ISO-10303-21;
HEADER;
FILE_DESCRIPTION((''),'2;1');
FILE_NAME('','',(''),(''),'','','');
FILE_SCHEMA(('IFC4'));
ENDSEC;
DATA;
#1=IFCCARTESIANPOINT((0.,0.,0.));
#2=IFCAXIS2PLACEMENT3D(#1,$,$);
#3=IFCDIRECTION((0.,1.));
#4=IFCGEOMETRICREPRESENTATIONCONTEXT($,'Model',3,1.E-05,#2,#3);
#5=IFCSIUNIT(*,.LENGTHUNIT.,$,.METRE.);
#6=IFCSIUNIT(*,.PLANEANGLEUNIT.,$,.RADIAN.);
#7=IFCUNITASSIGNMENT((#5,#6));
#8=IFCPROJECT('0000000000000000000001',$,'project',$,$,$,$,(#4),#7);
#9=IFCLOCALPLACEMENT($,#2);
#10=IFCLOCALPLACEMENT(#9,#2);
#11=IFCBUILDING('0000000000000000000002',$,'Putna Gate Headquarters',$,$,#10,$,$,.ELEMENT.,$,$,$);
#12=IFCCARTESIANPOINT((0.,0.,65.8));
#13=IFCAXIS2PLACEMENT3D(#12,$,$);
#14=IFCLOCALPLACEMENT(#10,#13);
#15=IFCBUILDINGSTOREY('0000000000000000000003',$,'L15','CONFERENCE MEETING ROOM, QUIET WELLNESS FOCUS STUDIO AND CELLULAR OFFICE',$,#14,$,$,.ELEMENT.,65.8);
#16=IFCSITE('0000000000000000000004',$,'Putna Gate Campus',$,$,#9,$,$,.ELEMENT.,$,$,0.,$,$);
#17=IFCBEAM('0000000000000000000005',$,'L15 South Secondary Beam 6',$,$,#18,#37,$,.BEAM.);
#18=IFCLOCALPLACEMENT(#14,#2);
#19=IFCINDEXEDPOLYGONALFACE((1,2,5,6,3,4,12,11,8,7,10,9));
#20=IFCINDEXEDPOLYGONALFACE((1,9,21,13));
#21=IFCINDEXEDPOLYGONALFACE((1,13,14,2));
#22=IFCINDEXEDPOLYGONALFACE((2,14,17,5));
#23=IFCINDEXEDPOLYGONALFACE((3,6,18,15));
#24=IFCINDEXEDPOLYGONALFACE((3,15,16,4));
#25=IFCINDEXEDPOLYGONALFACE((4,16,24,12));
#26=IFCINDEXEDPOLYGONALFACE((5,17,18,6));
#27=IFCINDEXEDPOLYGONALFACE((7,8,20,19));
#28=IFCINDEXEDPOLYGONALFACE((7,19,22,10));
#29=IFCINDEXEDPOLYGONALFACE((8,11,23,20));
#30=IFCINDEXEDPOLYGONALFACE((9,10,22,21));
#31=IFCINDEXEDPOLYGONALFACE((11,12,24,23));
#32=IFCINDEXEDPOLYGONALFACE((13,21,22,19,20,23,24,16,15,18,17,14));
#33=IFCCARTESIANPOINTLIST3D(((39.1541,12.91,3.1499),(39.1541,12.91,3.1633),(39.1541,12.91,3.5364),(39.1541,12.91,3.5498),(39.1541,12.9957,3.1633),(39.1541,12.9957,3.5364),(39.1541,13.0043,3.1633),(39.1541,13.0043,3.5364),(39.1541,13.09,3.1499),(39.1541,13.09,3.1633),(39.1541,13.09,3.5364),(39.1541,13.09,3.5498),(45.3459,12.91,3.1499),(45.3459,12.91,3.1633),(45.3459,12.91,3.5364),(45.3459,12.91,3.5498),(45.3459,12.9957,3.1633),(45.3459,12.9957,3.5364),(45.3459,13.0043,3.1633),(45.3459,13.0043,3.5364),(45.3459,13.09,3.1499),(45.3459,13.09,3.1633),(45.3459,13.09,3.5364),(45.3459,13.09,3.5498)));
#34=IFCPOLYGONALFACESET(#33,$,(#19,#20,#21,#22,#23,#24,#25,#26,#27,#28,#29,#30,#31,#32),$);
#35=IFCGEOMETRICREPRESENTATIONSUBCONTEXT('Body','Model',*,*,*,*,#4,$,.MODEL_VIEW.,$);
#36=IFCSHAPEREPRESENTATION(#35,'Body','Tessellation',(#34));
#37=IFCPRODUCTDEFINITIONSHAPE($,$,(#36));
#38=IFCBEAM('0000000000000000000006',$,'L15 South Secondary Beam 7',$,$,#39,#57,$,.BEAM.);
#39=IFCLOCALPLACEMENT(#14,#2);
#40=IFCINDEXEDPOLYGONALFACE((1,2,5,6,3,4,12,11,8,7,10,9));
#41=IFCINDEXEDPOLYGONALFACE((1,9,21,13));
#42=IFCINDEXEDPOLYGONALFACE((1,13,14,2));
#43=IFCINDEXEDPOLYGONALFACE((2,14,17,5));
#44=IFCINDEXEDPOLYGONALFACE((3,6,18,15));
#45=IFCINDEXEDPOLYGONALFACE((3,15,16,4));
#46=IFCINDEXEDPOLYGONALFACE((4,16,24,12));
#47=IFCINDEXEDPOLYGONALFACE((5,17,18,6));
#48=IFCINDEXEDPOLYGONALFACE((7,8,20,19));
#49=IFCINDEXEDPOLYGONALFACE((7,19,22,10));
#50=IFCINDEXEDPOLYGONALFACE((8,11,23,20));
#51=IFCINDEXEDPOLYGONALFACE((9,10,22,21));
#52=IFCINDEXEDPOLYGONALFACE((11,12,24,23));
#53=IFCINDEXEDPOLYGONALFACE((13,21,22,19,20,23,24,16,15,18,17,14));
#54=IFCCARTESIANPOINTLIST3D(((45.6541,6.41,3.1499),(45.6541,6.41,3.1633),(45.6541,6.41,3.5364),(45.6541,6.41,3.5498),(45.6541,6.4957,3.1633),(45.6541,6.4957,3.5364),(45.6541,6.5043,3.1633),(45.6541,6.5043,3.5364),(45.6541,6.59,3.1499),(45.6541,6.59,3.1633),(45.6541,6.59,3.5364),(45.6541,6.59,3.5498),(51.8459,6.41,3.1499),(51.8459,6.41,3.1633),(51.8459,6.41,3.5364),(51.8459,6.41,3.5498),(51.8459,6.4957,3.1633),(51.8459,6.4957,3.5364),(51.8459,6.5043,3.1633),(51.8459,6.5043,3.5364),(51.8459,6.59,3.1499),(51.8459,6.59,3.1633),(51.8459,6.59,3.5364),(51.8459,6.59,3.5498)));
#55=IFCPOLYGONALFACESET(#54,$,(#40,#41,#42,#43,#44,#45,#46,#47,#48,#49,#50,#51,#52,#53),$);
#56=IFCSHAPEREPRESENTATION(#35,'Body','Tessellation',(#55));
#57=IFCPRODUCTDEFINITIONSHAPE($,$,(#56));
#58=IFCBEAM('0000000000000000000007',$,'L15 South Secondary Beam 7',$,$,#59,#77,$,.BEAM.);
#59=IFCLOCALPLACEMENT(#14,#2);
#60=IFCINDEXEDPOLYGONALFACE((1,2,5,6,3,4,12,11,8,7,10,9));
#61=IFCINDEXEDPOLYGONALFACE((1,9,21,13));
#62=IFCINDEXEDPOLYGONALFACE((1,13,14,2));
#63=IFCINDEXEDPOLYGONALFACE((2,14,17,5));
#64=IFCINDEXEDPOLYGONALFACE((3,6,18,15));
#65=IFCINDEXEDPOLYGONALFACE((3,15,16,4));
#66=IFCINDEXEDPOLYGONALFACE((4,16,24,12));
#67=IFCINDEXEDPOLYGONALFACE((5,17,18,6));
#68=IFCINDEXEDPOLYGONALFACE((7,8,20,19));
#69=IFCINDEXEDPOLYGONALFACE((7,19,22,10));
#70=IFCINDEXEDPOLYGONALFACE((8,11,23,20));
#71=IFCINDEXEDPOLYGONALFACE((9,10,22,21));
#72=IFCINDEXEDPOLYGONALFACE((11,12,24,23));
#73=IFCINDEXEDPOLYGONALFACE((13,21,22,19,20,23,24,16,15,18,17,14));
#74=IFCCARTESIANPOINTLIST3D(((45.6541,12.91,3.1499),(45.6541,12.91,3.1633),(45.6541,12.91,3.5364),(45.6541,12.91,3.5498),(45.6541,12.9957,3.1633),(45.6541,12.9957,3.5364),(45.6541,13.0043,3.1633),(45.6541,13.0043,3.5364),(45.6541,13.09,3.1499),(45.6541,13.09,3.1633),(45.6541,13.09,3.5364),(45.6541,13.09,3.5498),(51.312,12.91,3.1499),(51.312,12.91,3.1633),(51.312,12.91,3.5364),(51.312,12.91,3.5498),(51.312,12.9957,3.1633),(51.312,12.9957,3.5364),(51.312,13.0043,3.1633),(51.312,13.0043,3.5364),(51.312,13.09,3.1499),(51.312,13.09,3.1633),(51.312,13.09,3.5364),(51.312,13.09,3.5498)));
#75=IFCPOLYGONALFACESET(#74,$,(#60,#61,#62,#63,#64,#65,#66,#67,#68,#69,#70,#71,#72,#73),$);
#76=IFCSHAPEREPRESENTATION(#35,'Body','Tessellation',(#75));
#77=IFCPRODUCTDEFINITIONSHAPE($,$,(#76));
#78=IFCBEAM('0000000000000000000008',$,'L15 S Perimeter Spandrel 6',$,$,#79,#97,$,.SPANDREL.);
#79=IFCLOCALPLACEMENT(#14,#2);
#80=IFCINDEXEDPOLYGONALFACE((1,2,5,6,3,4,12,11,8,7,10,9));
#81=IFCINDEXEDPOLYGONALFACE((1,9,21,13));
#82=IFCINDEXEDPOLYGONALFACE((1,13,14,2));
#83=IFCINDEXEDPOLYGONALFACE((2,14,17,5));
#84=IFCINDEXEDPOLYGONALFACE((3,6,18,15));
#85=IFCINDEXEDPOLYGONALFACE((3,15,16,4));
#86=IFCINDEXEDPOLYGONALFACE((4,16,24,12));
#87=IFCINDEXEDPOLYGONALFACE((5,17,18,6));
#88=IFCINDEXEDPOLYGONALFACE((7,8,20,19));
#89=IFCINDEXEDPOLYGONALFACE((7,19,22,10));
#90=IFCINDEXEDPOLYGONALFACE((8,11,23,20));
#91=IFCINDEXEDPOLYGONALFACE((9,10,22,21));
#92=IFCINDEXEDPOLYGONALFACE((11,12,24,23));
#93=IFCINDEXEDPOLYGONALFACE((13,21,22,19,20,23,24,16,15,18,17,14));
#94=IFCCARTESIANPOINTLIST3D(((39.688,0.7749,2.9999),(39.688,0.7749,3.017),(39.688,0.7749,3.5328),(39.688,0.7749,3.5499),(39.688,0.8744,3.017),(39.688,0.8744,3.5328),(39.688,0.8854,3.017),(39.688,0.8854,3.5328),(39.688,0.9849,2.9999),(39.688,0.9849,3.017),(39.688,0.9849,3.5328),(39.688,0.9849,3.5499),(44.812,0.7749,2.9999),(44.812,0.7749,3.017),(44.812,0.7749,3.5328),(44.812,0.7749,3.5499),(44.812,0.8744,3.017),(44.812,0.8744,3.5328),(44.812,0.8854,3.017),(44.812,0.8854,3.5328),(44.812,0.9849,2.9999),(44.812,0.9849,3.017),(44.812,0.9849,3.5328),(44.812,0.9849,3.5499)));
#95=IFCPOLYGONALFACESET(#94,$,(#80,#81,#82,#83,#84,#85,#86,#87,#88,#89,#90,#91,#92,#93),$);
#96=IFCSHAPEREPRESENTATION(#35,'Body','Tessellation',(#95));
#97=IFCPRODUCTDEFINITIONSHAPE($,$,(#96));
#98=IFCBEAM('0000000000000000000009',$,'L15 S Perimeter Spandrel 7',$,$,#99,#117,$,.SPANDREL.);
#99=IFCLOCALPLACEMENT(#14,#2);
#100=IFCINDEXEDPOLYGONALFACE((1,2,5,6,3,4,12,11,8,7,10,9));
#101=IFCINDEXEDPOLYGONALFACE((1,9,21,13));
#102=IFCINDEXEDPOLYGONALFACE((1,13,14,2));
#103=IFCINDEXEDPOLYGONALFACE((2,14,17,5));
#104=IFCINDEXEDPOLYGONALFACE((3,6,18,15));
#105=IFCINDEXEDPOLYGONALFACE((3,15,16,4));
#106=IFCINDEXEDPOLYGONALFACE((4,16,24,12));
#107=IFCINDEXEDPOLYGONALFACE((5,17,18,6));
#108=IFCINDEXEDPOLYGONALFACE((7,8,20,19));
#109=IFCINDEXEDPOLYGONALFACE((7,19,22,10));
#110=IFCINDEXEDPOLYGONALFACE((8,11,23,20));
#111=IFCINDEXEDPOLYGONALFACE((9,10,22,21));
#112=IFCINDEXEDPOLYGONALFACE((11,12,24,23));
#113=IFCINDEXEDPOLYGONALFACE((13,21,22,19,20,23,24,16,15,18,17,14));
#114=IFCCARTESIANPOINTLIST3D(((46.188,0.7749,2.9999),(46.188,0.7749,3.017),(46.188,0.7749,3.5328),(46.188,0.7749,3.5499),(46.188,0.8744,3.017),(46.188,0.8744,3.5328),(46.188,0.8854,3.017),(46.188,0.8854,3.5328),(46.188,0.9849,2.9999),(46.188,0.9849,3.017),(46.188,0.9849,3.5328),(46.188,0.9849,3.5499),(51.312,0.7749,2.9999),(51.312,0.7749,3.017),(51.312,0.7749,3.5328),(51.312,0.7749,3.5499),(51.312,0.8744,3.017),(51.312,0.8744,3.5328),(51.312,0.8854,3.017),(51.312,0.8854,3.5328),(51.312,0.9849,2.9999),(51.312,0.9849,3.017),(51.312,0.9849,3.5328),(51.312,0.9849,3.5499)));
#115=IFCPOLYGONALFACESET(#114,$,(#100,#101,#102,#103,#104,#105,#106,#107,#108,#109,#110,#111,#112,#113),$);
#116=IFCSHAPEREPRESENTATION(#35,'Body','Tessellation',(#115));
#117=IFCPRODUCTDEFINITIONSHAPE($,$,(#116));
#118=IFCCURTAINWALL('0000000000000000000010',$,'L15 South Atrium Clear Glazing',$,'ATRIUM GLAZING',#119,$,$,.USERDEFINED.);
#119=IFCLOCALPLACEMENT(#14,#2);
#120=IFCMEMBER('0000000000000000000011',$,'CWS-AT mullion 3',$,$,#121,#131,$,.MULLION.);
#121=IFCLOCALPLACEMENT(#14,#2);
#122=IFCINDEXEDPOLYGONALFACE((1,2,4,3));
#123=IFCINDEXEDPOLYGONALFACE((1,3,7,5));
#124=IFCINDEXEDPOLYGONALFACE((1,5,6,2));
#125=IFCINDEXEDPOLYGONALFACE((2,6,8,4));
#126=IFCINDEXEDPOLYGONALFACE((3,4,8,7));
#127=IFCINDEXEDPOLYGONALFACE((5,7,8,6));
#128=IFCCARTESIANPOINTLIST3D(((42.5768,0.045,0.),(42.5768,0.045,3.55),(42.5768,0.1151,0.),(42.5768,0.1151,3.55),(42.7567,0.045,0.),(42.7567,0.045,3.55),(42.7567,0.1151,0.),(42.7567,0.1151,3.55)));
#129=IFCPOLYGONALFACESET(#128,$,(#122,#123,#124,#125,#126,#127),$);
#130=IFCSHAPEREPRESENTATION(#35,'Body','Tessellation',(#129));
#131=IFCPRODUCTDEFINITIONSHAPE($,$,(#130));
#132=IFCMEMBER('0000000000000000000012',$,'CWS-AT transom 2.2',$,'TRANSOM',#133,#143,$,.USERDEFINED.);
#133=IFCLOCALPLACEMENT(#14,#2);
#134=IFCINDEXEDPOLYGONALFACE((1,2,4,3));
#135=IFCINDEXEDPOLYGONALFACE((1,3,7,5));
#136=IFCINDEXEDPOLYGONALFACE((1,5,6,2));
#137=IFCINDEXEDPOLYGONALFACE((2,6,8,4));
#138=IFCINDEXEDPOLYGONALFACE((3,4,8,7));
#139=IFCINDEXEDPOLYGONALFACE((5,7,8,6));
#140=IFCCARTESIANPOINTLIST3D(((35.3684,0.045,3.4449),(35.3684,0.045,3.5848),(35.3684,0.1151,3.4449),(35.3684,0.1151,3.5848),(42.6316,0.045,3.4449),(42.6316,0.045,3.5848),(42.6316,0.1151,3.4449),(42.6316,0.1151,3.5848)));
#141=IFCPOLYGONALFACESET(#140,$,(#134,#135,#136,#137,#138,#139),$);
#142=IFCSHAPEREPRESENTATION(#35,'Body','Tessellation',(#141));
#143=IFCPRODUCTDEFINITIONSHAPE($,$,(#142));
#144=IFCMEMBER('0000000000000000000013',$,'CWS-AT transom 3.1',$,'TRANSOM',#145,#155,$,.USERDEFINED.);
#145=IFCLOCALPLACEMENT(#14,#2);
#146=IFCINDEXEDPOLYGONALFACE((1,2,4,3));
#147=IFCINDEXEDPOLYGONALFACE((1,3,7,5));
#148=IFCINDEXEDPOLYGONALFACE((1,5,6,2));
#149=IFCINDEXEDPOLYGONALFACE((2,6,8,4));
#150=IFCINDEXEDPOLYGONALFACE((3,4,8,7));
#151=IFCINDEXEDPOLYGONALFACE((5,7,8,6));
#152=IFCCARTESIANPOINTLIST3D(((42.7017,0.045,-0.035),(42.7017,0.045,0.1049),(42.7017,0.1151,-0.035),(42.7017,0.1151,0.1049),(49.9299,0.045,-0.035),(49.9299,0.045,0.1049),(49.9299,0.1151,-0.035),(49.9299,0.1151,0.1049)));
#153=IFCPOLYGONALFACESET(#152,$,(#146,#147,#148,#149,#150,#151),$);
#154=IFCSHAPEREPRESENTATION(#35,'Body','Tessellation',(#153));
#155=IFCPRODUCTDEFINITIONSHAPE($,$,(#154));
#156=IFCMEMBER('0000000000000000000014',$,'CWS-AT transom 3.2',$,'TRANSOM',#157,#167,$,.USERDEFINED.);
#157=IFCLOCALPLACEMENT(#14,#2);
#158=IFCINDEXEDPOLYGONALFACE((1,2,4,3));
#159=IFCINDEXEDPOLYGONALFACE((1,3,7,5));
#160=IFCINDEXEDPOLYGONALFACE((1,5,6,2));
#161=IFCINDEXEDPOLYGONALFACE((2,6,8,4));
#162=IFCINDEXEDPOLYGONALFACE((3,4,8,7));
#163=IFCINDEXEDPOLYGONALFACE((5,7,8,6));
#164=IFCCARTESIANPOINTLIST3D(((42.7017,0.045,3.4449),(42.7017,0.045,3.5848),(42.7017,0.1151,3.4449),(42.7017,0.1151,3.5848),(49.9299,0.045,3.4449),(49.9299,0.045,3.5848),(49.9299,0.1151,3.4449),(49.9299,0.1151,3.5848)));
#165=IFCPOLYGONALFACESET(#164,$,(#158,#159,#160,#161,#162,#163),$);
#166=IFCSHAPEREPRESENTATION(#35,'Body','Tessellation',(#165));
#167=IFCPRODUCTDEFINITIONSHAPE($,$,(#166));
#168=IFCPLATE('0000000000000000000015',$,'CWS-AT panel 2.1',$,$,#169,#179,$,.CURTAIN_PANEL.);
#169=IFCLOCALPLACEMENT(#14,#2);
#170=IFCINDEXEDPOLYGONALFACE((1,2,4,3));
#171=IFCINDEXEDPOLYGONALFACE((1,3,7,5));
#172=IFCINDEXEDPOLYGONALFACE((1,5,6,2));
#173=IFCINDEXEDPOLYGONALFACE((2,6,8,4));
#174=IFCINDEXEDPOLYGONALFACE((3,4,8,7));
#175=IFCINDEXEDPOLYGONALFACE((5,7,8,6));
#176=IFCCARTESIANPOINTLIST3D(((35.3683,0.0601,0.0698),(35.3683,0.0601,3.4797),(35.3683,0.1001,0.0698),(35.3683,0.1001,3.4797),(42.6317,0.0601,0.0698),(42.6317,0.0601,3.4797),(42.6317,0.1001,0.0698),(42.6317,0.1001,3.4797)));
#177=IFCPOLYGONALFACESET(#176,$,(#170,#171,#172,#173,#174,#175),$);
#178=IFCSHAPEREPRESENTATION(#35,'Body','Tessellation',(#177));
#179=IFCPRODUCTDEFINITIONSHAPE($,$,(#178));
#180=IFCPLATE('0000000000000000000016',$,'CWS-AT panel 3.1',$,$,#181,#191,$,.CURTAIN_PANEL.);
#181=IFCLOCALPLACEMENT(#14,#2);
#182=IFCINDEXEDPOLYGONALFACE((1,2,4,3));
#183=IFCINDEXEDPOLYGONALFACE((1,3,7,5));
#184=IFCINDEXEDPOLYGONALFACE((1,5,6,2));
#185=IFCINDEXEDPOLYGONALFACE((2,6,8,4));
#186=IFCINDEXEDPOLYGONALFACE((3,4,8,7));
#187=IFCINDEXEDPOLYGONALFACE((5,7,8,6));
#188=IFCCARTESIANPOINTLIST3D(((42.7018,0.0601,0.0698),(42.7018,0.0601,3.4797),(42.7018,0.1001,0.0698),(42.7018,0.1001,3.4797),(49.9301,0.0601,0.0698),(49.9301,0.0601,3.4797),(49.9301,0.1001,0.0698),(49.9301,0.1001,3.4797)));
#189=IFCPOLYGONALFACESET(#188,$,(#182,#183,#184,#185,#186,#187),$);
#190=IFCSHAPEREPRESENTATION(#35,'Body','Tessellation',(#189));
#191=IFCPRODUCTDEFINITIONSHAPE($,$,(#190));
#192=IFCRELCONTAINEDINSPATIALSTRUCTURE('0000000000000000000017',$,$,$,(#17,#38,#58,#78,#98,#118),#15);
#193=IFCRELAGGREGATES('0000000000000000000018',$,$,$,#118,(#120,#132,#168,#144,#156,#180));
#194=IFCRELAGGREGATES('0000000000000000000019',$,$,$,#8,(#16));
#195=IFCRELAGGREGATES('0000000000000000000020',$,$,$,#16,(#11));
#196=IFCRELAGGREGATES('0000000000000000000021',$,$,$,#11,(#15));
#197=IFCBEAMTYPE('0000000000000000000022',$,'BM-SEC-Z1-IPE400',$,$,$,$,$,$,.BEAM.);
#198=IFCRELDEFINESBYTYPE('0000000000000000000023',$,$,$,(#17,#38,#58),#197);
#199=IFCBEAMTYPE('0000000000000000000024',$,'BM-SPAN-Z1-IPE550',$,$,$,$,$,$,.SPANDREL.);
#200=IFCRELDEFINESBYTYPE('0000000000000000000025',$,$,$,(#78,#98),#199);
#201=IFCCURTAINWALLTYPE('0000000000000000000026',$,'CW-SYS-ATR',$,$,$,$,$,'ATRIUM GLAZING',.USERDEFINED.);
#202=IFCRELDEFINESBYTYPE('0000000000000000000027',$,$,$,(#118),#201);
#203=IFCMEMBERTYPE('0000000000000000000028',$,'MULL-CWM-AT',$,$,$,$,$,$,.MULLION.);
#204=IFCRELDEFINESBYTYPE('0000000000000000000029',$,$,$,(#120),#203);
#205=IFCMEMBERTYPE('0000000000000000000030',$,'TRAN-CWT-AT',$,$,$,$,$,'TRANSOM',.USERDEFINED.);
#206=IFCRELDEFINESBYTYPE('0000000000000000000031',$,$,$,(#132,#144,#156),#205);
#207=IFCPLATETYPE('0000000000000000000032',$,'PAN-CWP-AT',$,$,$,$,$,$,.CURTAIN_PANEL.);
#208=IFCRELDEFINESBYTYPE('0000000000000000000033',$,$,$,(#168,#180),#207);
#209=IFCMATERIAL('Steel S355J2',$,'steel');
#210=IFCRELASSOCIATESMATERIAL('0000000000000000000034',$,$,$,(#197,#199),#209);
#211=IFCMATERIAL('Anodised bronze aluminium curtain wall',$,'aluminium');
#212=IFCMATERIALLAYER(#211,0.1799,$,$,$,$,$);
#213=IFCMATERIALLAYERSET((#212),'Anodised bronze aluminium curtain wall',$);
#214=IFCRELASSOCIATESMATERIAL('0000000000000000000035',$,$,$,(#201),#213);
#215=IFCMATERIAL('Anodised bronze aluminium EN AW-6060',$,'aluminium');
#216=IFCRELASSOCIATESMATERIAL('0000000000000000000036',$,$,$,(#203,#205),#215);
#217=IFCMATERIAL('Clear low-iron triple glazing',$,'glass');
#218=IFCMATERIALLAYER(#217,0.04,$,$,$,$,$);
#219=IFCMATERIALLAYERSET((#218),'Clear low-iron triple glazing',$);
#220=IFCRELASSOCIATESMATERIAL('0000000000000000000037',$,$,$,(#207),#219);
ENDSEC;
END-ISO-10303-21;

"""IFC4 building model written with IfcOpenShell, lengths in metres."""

from ifc_helpers import new_model, si_unit, direction, frame, origin, origin_2d, place, context, subcontext, project, spatial, rectangle, i_section, extrude, material, layer, layer_set, material_profile, profile_set, type_object, element, aggregate, save


model = new_model("IFC4")

# Units and contexts
model_context = context("Model", 3, precision=1e-05, world=origin(), true_north=direction((0.0, 1.0)))
body_context = subcontext(model_context, "Body", "Model", "MODEL_VIEW")
ifc_project = project(units=[si_unit("LENGTHUNIT", "METRE"), si_unit("PLANEANGLEUNIT", "RADIAN")], contexts=[model_context])

# Site, building, storey
site_placement = place(None, origin())
site = spatial("IfcSite", under=ifc_project, at=site_placement, Name="Putna Gate Campus", CompositionType="ELEMENT", RefElevation=0.0)
building_placement = place(site_placement, origin())
building = spatial("IfcBuilding", under=site, at=building_placement, Name="Putna Gate Headquarters", CompositionType="ELEMENT")
storey_placement = place(building_placement, frame((0.0, 0.0, 65.8)))
storey = spatial("IfcBuildingStorey", under=building, at=storey_placement, Name="L15", Description="CONFERENCE MEETING ROOM, QUIET WELLNESS FOCUS STUDIO AND CELLULAR OFFICE", CompositionType="ELEMENT", Elevation=65.8)

# Beams
ifc_material_1 = material(Name="Steel S355J2", Category="steel")
ifc_material_profile_1 = material_profile(ifc_material_1, i_section(OverallWidth=0.1799, OverallDepth=0.3999, WebThickness=0.0085, FlangeThickness=0.0134, at=origin_2d()), Name="Steel S355J2")
ifc_profile_set_1 = profile_set([ifc_material_profile_1], Name="Steel S355J2")
beam_type_1 = type_object("IfcBeamType", Name="BM-SEC-Z1-IPE400", PredefinedType="BEAM", material=ifc_profile_set_1)
for number, where, z_axis, x_axis, name in (
    (1, (39.1541, 13.0, 3.3499), (1.0, 0.0, 0.0), (0.0, 1.0, 0.0), "L15 South Secondary Beam 6"),
    (2, (45.6541, 6.5, 3.3499), (1.0, 0.0, 0.0), (0.0, 1.0, 0.0), "L15 South Secondary Beam 7"),
):
    element("IfcBeam", number, at=place(storey_placement, frame(where, z_axis=z_axis, x_axis=x_axis)), inside=storey, type_object=beam_type_1, Name=name, PredefinedType="BEAM", context=body_context, shape_type="SweptSolid", body=[
        extrude(i_section(OverallWidth=0.1799, OverallDepth=0.3999, WebThickness=0.0085, FlangeThickness=0.0134, at=origin_2d()), origin(), (0.0, 0.0, 1.0), 6.1919),
    ])
beam_1_placement = place(storey_placement, frame((45.6541, 13.0, 3.3499), z_axis=(1.0, 0.0, 0.0), x_axis=(0.0, 1.0, 0.0)))
element("IfcBeam", 3, at=beam_1_placement, inside=storey, type_object=beam_type_1, Name="L15 South Secondary Beam 7", PredefinedType="BEAM", context=body_context, shape_type="SweptSolid", body=[
    extrude(i_section(OverallWidth=0.1799, OverallDepth=0.3999, WebThickness=0.0085, FlangeThickness=0.0134, at=origin_2d()), origin(), (0.0, 0.0, 1.0), 5.658),
])
ifc_material_profile_2 = material_profile(ifc_material_1, i_section(OverallWidth=0.21, OverallDepth=0.55, WebThickness=0.011, FlangeThickness=0.0171, at=origin_2d()), Name="Steel S355J2")
ifc_profile_set_2 = profile_set([ifc_material_profile_2], Name="Steel S355J2")
beam_type_2 = type_object("IfcBeamType", Name="BM-SPAN-Z1-IPE550", PredefinedType="SPANDREL", material=ifc_profile_set_2)
for number, where, z_axis, x_axis, name in (
    (4, (39.688, 0.8799, 3.2749), (1.0, 0.0, 0.0), (0.0, 1.0, 0.0), "L15 S Perimeter Spandrel 6"),
    (5, (46.188, 0.8799, 3.2749), (1.0, 0.0, 0.0), (0.0, 1.0, 0.0), "L15 S Perimeter Spandrel 7"),
):
    element("IfcBeam", number, at=place(storey_placement, frame(where, z_axis=z_axis, x_axis=x_axis)), inside=storey, type_object=beam_type_2, Name=name, PredefinedType="SPANDREL", context=body_context, shape_type="SweptSolid", body=[
        extrude(i_section(OverallWidth=0.21, OverallDepth=0.55, WebThickness=0.011, FlangeThickness=0.0171, at=origin_2d()), origin(), (0.0, 0.0, 1.0), 5.124),
    ])

# Curtain wall, members, plates
ifc_material_2 = material(Name="Anodised bronze aluminium curtain wall", Category="aluminium")
ifc_layer_1 = layer(ifc_material_2, 0.1799)
ifc_layer_set_1 = layer_set([ifc_layer_1], Name="Anodised bronze aluminium curtain wall")
curtain_wall_type = type_object("IfcCurtainWallType", Name="CW-SYS-ATR", ElementType="ATRIUM GLAZING", PredefinedType="USERDEFINED", material=ifc_layer_set_1)
curtain_wall_placement = place(storey_placement, origin())
curtain_wall = element("IfcCurtainWall", 6, at=curtain_wall_placement, inside=storey, type_object=curtain_wall_type, Name="L15 South Atrium Clear Glazing", ObjectType="ATRIUM GLAZING", PredefinedType="USERDEFINED")
ifc_material_3 = material(Name="Anodised bronze aluminium EN AW-6060", Category="aluminium")
ifc_material_profile_3 = material_profile(ifc_material_3, rectangle(XDim=0.0701, YDim=0.1799, at=origin_2d()), Name="Anodised bronze aluminium EN AW-6060")
ifc_profile_set_3 = profile_set([ifc_material_profile_3], Name="Anodised bronze aluminium EN AW-6060")
member_type_1 = type_object("IfcMemberType", Name="MULL-CWM-AT", PredefinedType="MULLION", material=ifc_profile_set_3)
member_1_placement = place(storey_placement, frame((42.6667, 0.0801, 0.0), z_axis=(0.0, 0.0, 1.0), x_axis=(0.0, 1.0, 0.0)))
member_1 = element("IfcMember", 7, at=member_1_placement, type_object=member_type_1, Name="CWS-AT mullion 3", PredefinedType="MULLION", context=body_context, shape_type="SweptSolid", body=[
    extrude(rectangle(XDim=0.0701, YDim=0.1799, at=origin_2d()), origin(), (0.0, 0.0, 1.0), 3.55),
])
ifc_material_profile_4 = material_profile(ifc_material_3, rectangle(XDim=0.0701, YDim=0.1399, at=origin_2d()), Name="Anodised bronze aluminium EN AW-6060")
ifc_profile_set_4 = profile_set([ifc_material_profile_4], Name="Anodised bronze aluminium EN AW-6060")
member_type_2 = type_object("IfcMemberType", Name="TRAN-CWT-AT", ElementType="TRANSOM", PredefinedType="USERDEFINED", material=ifc_profile_set_4)
member_2_placement = place(storey_placement, frame((35.3684, 0.0801, 3.5149), z_axis=(1.0, 0.0, 0.0), x_axis=(0.0, 1.0, 0.0)))
member_2 = element("IfcMember", 8, at=member_2_placement, type_object=member_type_2, Name="CWS-AT transom 2.2", ObjectType="TRANSOM", PredefinedType="USERDEFINED", context=body_context, shape_type="SweptSolid", body=[
    extrude(rectangle(XDim=0.0701, YDim=0.1399, at=origin_2d()), origin(), (0.0, 0.0, 1.0), 7.2632),
])
member_3_placement = place(storey_placement, frame((42.7017, 0.0801, 0.0349), z_axis=(1.0, 0.0, 0.0), x_axis=(0.0, 1.0, 0.0)))
member_3 = element("IfcMember", 9, at=member_3_placement, type_object=member_type_2, Name="CWS-AT transom 3.1", ObjectType="TRANSOM", PredefinedType="USERDEFINED", context=body_context, shape_type="SweptSolid", body=[
    extrude(rectangle(XDim=0.0701, YDim=0.1399, at=origin_2d()), origin(), (0.0, 0.0, 1.0), 7.2283),
])
member_4_placement = place(storey_placement, frame((42.7017, 0.0801, 3.5149), z_axis=(1.0, 0.0, 0.0), x_axis=(0.0, 1.0, 0.0)))
member_4 = element("IfcMember", 10, at=member_4_placement, type_object=member_type_2, Name="CWS-AT transom 3.2", ObjectType="TRANSOM", PredefinedType="USERDEFINED", context=body_context, shape_type="SweptSolid", body=[
    extrude(rectangle(XDim=0.0701, YDim=0.1399, at=origin_2d()), origin(), (0.0, 0.0, 1.0), 7.2283),
])
ifc_material_4 = material(Name="Clear low-iron triple glazing", Category="glass")
ifc_layer_2 = layer(ifc_material_4, 0.04)
ifc_layer_set_2 = layer_set([ifc_layer_2], Name="Clear low-iron triple glazing")
plate_type = type_object("IfcPlateType", Name="PAN-CWP-AT", PredefinedType="CURTAIN_PANEL", material=ifc_layer_set_2)
plate_1_placement = place(storey_placement, frame((39.0, 0.0801, 0.0698), z_axis=(0.0, 0.0, 1.0), x_axis=(1.0, 0.0, 0.0)))
plate_1 = element("IfcPlate", 11, at=plate_1_placement, type_object=plate_type, Name="CWS-AT panel 2.1", PredefinedType="CURTAIN_PANEL", context=body_context, shape_type="SweptSolid", body=[
    extrude(rectangle(XDim=7.2634, YDim=0.04, at=origin_2d()), origin(), (0.0, 0.0, 1.0), 3.4099),
])
plate_2_placement = place(storey_placement, frame((46.3159, 0.0801, 0.0698), z_axis=(0.0, 0.0, 1.0), x_axis=(1.0, 0.0, 0.0)))
plate_2 = element("IfcPlate", 12, at=plate_2_placement, type_object=plate_type, Name="CWS-AT panel 3.1", PredefinedType="CURTAIN_PANEL", context=body_context, shape_type="SweptSolid", body=[
    extrude(rectangle(XDim=7.2283, YDim=0.04, at=origin_2d()), origin(), (0.0, 0.0, 1.0), 3.4099),
])
aggregate(curtain_wall, [member_1, member_2, plate_1, member_3, member_4, plate_2])

save(model, "model.ifc")
